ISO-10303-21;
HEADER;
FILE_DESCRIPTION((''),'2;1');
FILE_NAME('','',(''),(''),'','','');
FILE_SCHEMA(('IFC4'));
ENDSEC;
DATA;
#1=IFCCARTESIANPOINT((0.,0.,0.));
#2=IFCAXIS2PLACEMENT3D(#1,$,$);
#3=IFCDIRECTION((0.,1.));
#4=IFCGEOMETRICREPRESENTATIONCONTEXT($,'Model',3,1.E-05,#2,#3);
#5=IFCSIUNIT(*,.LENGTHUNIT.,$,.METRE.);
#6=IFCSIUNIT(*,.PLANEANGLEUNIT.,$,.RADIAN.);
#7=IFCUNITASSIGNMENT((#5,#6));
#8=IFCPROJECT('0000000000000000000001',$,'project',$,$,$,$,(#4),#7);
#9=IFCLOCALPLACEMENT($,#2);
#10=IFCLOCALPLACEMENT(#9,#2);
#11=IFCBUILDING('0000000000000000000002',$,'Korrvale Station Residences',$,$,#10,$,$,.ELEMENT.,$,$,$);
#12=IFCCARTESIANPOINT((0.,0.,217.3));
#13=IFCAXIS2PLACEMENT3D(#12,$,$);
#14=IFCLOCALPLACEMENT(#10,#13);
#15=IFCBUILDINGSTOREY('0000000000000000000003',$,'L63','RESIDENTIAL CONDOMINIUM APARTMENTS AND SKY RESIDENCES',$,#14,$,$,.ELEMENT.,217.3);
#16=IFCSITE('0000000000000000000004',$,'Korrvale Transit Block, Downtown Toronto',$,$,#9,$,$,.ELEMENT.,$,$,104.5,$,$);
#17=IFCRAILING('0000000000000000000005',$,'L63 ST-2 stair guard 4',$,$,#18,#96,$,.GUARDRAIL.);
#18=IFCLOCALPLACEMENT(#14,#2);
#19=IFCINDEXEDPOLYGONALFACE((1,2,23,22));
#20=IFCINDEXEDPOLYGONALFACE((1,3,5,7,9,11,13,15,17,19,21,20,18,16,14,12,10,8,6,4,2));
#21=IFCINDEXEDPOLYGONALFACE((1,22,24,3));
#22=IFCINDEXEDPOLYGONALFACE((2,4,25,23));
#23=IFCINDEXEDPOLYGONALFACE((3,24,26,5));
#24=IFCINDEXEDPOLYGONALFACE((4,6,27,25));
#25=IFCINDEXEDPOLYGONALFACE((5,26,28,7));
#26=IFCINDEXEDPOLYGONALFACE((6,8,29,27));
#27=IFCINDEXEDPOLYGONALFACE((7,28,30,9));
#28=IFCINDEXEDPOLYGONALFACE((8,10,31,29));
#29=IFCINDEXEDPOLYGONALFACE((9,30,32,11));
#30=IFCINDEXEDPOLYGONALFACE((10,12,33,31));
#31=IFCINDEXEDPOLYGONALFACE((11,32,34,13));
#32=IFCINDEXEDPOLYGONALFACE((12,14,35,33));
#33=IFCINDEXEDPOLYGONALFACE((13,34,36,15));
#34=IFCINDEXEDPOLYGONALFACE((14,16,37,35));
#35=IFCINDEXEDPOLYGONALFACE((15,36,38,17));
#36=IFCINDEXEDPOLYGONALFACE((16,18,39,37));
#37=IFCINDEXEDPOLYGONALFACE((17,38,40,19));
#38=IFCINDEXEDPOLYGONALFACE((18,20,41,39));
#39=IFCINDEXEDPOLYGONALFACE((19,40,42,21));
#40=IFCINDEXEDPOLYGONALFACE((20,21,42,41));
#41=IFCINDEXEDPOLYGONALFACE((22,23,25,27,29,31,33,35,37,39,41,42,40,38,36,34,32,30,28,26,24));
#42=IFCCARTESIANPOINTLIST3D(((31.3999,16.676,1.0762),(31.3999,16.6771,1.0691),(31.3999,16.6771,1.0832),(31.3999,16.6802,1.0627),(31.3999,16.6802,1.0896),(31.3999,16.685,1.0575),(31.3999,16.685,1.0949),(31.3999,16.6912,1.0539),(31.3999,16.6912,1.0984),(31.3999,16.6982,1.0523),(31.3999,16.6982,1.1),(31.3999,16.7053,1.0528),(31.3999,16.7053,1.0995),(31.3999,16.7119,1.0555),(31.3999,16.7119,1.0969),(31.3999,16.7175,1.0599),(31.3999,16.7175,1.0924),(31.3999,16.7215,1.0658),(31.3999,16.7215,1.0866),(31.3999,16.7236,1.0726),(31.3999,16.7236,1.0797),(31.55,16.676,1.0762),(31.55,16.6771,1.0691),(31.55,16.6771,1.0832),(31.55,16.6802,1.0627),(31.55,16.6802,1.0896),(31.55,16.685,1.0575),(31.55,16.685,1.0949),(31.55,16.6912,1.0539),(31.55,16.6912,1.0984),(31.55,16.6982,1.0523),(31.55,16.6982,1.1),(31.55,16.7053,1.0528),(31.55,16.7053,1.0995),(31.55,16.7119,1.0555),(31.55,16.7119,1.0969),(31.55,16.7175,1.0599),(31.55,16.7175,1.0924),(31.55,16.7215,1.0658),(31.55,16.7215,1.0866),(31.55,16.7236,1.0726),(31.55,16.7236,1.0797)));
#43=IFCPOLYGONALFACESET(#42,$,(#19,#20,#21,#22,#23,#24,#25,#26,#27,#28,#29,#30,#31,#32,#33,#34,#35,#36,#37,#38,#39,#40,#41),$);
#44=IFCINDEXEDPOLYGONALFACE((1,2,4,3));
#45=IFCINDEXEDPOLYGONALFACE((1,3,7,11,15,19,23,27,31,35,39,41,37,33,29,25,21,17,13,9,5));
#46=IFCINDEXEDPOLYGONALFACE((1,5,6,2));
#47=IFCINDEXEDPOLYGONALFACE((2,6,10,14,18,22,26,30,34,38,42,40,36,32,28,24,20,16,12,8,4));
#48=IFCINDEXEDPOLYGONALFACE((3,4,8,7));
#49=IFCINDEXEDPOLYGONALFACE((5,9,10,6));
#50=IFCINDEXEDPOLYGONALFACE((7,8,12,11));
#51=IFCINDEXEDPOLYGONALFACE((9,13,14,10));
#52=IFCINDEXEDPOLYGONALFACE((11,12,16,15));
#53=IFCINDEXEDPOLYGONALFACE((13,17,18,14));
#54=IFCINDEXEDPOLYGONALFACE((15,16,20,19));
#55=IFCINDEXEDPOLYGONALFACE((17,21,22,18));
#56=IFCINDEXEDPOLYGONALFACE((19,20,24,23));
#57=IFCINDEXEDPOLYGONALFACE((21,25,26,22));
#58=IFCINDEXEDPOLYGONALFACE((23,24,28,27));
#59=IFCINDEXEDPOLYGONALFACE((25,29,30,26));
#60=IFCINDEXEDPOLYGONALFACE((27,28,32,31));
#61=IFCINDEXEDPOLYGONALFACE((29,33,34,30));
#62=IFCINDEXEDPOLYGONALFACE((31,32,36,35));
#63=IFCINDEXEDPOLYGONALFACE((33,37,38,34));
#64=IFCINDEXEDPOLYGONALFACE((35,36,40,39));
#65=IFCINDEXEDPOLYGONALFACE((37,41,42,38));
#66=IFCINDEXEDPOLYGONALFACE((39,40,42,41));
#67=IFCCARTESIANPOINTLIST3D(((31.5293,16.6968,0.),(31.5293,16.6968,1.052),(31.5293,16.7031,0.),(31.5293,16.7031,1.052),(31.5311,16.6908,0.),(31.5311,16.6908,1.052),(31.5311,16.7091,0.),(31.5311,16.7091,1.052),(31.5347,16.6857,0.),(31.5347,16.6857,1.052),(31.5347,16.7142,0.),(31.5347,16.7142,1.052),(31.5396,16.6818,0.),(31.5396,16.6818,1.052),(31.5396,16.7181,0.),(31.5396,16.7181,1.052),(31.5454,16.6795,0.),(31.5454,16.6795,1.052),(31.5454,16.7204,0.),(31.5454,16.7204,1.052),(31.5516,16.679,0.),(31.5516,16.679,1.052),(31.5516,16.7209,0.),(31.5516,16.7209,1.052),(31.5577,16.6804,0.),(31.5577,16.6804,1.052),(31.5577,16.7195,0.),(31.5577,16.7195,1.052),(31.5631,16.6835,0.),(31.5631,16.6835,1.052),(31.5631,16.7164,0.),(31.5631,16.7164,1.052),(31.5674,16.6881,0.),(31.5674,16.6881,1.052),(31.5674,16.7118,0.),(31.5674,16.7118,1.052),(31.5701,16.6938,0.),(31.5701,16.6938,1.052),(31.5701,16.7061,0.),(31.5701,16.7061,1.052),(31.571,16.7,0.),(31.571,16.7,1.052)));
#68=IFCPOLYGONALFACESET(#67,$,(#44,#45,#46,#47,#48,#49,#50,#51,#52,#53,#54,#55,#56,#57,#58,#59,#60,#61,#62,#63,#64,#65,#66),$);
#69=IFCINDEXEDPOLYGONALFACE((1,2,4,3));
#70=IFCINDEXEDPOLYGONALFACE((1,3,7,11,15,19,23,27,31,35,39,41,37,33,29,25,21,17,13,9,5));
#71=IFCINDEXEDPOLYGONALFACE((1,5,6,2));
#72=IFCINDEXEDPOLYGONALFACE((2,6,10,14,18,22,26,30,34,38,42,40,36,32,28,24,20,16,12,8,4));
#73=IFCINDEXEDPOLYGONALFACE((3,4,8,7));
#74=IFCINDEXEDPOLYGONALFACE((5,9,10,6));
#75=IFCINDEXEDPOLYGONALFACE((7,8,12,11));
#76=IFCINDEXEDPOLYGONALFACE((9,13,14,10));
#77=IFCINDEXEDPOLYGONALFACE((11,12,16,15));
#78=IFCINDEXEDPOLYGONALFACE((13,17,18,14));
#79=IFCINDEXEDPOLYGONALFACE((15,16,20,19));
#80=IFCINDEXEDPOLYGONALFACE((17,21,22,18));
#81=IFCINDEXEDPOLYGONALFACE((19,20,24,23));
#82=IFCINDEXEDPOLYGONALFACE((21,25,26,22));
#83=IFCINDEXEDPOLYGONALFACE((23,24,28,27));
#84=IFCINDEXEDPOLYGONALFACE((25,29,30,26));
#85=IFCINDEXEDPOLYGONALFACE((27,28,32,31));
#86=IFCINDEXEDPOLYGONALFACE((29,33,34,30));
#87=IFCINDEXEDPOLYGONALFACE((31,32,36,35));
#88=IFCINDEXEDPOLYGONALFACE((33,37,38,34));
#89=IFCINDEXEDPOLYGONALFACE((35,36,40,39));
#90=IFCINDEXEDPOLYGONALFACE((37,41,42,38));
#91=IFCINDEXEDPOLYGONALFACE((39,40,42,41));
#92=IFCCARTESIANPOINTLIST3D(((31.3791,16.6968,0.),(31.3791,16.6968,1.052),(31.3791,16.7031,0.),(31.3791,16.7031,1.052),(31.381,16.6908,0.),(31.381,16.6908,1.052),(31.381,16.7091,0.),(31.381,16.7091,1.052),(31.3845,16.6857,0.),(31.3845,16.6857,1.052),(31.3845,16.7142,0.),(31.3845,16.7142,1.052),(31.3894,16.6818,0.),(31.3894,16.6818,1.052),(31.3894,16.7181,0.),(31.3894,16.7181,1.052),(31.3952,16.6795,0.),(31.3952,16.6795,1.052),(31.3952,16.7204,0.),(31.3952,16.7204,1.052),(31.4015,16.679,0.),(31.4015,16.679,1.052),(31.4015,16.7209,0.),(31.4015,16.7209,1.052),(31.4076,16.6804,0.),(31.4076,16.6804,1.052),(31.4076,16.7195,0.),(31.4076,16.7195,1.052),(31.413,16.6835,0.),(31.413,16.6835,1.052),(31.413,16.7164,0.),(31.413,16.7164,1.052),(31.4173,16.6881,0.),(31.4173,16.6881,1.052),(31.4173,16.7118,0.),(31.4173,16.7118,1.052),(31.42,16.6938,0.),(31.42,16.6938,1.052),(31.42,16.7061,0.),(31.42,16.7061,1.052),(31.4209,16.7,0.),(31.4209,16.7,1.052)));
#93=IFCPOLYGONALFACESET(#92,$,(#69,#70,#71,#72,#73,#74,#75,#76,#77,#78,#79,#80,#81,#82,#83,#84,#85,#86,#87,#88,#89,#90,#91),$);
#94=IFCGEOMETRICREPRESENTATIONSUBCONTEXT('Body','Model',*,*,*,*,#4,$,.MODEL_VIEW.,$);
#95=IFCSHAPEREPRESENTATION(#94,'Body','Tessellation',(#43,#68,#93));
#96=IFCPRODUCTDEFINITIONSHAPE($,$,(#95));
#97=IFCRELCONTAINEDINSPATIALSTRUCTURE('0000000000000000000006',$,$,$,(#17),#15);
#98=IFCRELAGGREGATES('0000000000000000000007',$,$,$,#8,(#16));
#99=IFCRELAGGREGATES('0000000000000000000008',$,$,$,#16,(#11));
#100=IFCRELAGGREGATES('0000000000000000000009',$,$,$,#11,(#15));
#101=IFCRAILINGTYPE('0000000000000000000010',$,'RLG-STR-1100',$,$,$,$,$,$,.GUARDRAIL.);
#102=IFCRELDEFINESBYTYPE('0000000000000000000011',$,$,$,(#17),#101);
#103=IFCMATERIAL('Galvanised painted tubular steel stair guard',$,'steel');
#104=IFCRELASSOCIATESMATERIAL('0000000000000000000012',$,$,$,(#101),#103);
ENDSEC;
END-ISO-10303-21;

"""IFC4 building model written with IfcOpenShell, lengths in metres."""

from ifc_helpers import new_model, si_unit, direction, frame, origin, origin_2d, place, context, subcontext, project, spatial, circle, extrude, material, type_object, element, save


model = new_model("IFC4")

# Units and contexts
model_context = context("Model", 3, precision=1e-05, world=origin(), true_north=direction((0.0, 1.0)))
body_context = subcontext(model_context, "Body", "Model", "MODEL_VIEW")
ifc_project = project(units=[si_unit("LENGTHUNIT", "METRE"), si_unit("PLANEANGLEUNIT", "RADIAN")], contexts=[model_context])

# Site, building, storey
site_placement = place(None, origin())
site = spatial("IfcSite", under=ifc_project, at=site_placement, Name="Korrvale Transit Block, Downtown Toronto", CompositionType="ELEMENT", RefElevation=104.5)
building_placement = place(site_placement, origin())
building = spatial("IfcBuilding", under=site, at=building_placement, Name="Korrvale Station Residences", CompositionType="ELEMENT")
storey_placement = place(building_placement, frame((0.0, 0.0, 217.3)))
storey = spatial("IfcBuildingStorey", under=building, at=storey_placement, Name="L63", Description="RESIDENTIAL CONDOMINIUM APARTMENTS AND SKY RESIDENCES", CompositionType="ELEMENT", Elevation=217.3)

# Railing
ifc_material_1 = material(Name="Galvanised painted tubular steel stair guard", Category="steel")
railing_type_1 = type_object("IfcRailingType", Name="RLG-STR-1100", PredefinedType="GUARDRAIL", material=ifc_material_1)
railing_1_placement = place(storey_placement, frame((31.55, 16.7, 0.0)))
element("IfcRailing", 1, at=railing_1_placement, inside=storey, type_object=railing_type_1, Name="L63 ST-2 stair guard 4", PredefinedType="GUARDRAIL", context=body_context, shape_type="SweptSolid", body=[
    extrude(circle(Radius=0.0239, at=origin_2d()), frame((0.0, 0.0, 1.0762), z_axis=(-1.0, 0.0, 0.0), x_axis=(0.0, -1.0, 0.0)), (0.0, 0.0, 1.0), 0.1501),
    extrude(circle(Radius=0.021, at=origin_2d()), origin(), (0.0, 0.0, 1.0), 1.052),
    extrude(circle(Radius=0.021, at=origin_2d()), frame((-0.1501, 0.0, 0.0)), (0.0, 0.0, 1.0), 1.052),
])

save(model, "model.ifc")
